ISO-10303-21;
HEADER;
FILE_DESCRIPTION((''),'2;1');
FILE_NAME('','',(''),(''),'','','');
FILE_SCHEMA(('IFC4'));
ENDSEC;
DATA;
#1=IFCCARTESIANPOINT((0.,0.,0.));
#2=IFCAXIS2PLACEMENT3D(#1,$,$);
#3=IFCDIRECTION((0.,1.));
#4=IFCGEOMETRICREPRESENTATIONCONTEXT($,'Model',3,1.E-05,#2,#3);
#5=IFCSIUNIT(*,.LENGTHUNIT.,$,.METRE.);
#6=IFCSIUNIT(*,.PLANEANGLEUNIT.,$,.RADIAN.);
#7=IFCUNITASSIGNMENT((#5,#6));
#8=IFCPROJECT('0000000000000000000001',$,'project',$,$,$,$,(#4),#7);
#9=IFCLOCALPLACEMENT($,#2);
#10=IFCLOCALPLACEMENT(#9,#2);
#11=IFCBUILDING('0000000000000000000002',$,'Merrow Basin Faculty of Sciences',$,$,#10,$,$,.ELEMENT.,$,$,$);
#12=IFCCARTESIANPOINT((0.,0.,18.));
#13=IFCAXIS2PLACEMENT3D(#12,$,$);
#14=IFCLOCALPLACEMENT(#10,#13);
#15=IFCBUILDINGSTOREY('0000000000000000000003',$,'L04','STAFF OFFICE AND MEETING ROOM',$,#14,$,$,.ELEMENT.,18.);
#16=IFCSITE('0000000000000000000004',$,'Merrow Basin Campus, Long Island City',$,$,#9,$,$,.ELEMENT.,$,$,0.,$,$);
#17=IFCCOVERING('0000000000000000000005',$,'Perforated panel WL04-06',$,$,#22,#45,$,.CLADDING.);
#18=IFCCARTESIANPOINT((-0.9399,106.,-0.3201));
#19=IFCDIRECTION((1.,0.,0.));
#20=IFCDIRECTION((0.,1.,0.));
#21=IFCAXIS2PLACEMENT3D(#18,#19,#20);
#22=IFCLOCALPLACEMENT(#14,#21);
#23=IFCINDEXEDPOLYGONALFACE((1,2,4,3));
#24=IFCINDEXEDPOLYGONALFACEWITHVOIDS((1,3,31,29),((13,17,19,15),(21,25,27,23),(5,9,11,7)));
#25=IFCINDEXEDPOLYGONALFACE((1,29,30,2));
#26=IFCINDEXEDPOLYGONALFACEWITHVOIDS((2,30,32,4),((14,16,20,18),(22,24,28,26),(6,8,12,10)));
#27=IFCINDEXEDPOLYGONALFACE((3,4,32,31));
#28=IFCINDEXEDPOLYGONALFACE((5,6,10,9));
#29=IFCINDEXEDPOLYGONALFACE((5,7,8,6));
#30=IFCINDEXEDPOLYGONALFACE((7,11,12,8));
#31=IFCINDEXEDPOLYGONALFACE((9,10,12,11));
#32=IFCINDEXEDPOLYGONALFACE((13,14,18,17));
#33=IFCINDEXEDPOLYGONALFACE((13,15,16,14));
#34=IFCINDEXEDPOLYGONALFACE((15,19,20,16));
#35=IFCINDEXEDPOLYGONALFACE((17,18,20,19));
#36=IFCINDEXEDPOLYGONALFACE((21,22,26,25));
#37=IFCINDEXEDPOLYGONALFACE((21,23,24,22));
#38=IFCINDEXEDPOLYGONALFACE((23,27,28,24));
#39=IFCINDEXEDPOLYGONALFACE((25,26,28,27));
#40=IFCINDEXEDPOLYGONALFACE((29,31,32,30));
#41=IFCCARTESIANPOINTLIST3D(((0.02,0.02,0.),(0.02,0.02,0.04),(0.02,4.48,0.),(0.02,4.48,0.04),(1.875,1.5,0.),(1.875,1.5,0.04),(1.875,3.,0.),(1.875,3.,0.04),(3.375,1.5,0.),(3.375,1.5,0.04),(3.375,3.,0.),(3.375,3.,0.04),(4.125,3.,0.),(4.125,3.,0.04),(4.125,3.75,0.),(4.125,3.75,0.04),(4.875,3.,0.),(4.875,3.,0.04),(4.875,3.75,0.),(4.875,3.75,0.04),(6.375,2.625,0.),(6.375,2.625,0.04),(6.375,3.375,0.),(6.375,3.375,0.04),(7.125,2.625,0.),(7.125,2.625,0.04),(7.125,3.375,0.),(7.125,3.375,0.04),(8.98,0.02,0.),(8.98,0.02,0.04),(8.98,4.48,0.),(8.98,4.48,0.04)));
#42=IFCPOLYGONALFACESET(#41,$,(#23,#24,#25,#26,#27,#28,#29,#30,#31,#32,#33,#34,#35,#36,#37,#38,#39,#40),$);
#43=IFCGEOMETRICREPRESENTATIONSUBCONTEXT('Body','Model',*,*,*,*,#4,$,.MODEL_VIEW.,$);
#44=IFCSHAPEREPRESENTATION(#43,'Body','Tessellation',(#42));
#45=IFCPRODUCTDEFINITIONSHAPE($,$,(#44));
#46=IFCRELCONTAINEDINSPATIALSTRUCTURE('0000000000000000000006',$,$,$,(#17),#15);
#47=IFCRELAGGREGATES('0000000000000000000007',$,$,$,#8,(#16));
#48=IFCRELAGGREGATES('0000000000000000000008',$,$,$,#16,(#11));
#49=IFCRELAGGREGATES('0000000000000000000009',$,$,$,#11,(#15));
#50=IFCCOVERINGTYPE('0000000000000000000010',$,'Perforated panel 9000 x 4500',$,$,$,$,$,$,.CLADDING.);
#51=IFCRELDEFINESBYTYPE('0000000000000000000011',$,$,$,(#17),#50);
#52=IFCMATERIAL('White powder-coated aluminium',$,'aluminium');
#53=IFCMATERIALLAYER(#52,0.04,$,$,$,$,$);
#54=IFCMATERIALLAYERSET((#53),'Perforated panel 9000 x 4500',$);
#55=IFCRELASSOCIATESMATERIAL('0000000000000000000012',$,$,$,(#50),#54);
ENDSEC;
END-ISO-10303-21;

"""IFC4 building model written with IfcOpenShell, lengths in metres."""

from ifc_helpers import new_model, si_unit, direction, frame, origin, place, context, subcontext, project, spatial, polyline, outline, extrude, source, transform, mapped, material, layer, layer_set, type_object, element, save


model = new_model("IFC4")

# Units and contexts
model_context = context("Model", 3, precision=1e-05, world=origin(), true_north=direction((0.0, 1.0)))
body_context = subcontext(model_context, "Body", "Model", "MODEL_VIEW")
ifc_project = project(units=[si_unit("LENGTHUNIT", "METRE"), si_unit("PLANEANGLEUNIT", "RADIAN")], contexts=[model_context])

# Site, building, storey
site_placement = place(None, origin())
site = spatial("IfcSite", under=ifc_project, at=site_placement, Name="Merrow Basin Campus, Long Island City", CompositionType="ELEMENT", RefElevation=0.0)
building_placement = place(site_placement, origin())
building = spatial("IfcBuilding", under=site, at=building_placement, Name="Merrow Basin Faculty of Sciences", CompositionType="ELEMENT")
storey_placement = place(building_placement, frame((0.0, 0.0, 18.0)))
storey = spatial("IfcBuildingStorey", under=building, at=storey_placement, Name="L04", Description="STAFF OFFICE AND MEETING ROOM", CompositionType="ELEMENT", Elevation=18.0)

# Covering
ifc_material_1 = material(Name="White powder-coated aluminium", Category="aluminium")
ifc_layer_1 = layer(ifc_material_1, 0.04)
ifc_layer_set_1 = layer_set([ifc_layer_1], Name="Perforated panel 9000 x 4500")
covering_type = type_object("IfcCoveringType", Name="Perforated panel 9000 x 4500", PredefinedType="CLADDING", material=ifc_layer_set_1)
shared_shape_1 = source(origin(), body_context, "Body", "SweptSolid", [
    extrude(outline(polyline([(0.02, 0.02), (8.98, 0.02), (8.98, 4.48), (0.02, 4.48), (0.02, 0.02)]), holes=[polyline([(1.875, 1.5), (3.375, 1.5), (3.375, 3.0), (1.875, 3.0), (1.875, 1.5)]), polyline([(6.375, 2.625), (7.125, 2.625), (7.125, 3.375), (6.375, 3.375), (6.375, 2.625)]), polyline([(4.125, 3.0), (4.875, 3.0), (4.875, 3.75), (4.125, 3.75), (4.125, 3.0)])]), origin(), (0.0, 0.0, 1.0), 0.04),
])
covering_placement = place(storey_placement, frame((-0.9399, 106.0, -0.3201), z_axis=(1.0, 0.0, 0.0), x_axis=(0.0, 1.0, 0.0)))
element("IfcCovering", 1, at=covering_placement, inside=storey, type_object=covering_type, Name="Perforated panel WL04-06", PredefinedType="CLADDING", context=body_context, shape_type="MappedRepresentation", body=[
    mapped(shared_shape_1, transform((0.0, 0.0, 0.0), scale=1.0)),
])

save(model, "model.ifc")
